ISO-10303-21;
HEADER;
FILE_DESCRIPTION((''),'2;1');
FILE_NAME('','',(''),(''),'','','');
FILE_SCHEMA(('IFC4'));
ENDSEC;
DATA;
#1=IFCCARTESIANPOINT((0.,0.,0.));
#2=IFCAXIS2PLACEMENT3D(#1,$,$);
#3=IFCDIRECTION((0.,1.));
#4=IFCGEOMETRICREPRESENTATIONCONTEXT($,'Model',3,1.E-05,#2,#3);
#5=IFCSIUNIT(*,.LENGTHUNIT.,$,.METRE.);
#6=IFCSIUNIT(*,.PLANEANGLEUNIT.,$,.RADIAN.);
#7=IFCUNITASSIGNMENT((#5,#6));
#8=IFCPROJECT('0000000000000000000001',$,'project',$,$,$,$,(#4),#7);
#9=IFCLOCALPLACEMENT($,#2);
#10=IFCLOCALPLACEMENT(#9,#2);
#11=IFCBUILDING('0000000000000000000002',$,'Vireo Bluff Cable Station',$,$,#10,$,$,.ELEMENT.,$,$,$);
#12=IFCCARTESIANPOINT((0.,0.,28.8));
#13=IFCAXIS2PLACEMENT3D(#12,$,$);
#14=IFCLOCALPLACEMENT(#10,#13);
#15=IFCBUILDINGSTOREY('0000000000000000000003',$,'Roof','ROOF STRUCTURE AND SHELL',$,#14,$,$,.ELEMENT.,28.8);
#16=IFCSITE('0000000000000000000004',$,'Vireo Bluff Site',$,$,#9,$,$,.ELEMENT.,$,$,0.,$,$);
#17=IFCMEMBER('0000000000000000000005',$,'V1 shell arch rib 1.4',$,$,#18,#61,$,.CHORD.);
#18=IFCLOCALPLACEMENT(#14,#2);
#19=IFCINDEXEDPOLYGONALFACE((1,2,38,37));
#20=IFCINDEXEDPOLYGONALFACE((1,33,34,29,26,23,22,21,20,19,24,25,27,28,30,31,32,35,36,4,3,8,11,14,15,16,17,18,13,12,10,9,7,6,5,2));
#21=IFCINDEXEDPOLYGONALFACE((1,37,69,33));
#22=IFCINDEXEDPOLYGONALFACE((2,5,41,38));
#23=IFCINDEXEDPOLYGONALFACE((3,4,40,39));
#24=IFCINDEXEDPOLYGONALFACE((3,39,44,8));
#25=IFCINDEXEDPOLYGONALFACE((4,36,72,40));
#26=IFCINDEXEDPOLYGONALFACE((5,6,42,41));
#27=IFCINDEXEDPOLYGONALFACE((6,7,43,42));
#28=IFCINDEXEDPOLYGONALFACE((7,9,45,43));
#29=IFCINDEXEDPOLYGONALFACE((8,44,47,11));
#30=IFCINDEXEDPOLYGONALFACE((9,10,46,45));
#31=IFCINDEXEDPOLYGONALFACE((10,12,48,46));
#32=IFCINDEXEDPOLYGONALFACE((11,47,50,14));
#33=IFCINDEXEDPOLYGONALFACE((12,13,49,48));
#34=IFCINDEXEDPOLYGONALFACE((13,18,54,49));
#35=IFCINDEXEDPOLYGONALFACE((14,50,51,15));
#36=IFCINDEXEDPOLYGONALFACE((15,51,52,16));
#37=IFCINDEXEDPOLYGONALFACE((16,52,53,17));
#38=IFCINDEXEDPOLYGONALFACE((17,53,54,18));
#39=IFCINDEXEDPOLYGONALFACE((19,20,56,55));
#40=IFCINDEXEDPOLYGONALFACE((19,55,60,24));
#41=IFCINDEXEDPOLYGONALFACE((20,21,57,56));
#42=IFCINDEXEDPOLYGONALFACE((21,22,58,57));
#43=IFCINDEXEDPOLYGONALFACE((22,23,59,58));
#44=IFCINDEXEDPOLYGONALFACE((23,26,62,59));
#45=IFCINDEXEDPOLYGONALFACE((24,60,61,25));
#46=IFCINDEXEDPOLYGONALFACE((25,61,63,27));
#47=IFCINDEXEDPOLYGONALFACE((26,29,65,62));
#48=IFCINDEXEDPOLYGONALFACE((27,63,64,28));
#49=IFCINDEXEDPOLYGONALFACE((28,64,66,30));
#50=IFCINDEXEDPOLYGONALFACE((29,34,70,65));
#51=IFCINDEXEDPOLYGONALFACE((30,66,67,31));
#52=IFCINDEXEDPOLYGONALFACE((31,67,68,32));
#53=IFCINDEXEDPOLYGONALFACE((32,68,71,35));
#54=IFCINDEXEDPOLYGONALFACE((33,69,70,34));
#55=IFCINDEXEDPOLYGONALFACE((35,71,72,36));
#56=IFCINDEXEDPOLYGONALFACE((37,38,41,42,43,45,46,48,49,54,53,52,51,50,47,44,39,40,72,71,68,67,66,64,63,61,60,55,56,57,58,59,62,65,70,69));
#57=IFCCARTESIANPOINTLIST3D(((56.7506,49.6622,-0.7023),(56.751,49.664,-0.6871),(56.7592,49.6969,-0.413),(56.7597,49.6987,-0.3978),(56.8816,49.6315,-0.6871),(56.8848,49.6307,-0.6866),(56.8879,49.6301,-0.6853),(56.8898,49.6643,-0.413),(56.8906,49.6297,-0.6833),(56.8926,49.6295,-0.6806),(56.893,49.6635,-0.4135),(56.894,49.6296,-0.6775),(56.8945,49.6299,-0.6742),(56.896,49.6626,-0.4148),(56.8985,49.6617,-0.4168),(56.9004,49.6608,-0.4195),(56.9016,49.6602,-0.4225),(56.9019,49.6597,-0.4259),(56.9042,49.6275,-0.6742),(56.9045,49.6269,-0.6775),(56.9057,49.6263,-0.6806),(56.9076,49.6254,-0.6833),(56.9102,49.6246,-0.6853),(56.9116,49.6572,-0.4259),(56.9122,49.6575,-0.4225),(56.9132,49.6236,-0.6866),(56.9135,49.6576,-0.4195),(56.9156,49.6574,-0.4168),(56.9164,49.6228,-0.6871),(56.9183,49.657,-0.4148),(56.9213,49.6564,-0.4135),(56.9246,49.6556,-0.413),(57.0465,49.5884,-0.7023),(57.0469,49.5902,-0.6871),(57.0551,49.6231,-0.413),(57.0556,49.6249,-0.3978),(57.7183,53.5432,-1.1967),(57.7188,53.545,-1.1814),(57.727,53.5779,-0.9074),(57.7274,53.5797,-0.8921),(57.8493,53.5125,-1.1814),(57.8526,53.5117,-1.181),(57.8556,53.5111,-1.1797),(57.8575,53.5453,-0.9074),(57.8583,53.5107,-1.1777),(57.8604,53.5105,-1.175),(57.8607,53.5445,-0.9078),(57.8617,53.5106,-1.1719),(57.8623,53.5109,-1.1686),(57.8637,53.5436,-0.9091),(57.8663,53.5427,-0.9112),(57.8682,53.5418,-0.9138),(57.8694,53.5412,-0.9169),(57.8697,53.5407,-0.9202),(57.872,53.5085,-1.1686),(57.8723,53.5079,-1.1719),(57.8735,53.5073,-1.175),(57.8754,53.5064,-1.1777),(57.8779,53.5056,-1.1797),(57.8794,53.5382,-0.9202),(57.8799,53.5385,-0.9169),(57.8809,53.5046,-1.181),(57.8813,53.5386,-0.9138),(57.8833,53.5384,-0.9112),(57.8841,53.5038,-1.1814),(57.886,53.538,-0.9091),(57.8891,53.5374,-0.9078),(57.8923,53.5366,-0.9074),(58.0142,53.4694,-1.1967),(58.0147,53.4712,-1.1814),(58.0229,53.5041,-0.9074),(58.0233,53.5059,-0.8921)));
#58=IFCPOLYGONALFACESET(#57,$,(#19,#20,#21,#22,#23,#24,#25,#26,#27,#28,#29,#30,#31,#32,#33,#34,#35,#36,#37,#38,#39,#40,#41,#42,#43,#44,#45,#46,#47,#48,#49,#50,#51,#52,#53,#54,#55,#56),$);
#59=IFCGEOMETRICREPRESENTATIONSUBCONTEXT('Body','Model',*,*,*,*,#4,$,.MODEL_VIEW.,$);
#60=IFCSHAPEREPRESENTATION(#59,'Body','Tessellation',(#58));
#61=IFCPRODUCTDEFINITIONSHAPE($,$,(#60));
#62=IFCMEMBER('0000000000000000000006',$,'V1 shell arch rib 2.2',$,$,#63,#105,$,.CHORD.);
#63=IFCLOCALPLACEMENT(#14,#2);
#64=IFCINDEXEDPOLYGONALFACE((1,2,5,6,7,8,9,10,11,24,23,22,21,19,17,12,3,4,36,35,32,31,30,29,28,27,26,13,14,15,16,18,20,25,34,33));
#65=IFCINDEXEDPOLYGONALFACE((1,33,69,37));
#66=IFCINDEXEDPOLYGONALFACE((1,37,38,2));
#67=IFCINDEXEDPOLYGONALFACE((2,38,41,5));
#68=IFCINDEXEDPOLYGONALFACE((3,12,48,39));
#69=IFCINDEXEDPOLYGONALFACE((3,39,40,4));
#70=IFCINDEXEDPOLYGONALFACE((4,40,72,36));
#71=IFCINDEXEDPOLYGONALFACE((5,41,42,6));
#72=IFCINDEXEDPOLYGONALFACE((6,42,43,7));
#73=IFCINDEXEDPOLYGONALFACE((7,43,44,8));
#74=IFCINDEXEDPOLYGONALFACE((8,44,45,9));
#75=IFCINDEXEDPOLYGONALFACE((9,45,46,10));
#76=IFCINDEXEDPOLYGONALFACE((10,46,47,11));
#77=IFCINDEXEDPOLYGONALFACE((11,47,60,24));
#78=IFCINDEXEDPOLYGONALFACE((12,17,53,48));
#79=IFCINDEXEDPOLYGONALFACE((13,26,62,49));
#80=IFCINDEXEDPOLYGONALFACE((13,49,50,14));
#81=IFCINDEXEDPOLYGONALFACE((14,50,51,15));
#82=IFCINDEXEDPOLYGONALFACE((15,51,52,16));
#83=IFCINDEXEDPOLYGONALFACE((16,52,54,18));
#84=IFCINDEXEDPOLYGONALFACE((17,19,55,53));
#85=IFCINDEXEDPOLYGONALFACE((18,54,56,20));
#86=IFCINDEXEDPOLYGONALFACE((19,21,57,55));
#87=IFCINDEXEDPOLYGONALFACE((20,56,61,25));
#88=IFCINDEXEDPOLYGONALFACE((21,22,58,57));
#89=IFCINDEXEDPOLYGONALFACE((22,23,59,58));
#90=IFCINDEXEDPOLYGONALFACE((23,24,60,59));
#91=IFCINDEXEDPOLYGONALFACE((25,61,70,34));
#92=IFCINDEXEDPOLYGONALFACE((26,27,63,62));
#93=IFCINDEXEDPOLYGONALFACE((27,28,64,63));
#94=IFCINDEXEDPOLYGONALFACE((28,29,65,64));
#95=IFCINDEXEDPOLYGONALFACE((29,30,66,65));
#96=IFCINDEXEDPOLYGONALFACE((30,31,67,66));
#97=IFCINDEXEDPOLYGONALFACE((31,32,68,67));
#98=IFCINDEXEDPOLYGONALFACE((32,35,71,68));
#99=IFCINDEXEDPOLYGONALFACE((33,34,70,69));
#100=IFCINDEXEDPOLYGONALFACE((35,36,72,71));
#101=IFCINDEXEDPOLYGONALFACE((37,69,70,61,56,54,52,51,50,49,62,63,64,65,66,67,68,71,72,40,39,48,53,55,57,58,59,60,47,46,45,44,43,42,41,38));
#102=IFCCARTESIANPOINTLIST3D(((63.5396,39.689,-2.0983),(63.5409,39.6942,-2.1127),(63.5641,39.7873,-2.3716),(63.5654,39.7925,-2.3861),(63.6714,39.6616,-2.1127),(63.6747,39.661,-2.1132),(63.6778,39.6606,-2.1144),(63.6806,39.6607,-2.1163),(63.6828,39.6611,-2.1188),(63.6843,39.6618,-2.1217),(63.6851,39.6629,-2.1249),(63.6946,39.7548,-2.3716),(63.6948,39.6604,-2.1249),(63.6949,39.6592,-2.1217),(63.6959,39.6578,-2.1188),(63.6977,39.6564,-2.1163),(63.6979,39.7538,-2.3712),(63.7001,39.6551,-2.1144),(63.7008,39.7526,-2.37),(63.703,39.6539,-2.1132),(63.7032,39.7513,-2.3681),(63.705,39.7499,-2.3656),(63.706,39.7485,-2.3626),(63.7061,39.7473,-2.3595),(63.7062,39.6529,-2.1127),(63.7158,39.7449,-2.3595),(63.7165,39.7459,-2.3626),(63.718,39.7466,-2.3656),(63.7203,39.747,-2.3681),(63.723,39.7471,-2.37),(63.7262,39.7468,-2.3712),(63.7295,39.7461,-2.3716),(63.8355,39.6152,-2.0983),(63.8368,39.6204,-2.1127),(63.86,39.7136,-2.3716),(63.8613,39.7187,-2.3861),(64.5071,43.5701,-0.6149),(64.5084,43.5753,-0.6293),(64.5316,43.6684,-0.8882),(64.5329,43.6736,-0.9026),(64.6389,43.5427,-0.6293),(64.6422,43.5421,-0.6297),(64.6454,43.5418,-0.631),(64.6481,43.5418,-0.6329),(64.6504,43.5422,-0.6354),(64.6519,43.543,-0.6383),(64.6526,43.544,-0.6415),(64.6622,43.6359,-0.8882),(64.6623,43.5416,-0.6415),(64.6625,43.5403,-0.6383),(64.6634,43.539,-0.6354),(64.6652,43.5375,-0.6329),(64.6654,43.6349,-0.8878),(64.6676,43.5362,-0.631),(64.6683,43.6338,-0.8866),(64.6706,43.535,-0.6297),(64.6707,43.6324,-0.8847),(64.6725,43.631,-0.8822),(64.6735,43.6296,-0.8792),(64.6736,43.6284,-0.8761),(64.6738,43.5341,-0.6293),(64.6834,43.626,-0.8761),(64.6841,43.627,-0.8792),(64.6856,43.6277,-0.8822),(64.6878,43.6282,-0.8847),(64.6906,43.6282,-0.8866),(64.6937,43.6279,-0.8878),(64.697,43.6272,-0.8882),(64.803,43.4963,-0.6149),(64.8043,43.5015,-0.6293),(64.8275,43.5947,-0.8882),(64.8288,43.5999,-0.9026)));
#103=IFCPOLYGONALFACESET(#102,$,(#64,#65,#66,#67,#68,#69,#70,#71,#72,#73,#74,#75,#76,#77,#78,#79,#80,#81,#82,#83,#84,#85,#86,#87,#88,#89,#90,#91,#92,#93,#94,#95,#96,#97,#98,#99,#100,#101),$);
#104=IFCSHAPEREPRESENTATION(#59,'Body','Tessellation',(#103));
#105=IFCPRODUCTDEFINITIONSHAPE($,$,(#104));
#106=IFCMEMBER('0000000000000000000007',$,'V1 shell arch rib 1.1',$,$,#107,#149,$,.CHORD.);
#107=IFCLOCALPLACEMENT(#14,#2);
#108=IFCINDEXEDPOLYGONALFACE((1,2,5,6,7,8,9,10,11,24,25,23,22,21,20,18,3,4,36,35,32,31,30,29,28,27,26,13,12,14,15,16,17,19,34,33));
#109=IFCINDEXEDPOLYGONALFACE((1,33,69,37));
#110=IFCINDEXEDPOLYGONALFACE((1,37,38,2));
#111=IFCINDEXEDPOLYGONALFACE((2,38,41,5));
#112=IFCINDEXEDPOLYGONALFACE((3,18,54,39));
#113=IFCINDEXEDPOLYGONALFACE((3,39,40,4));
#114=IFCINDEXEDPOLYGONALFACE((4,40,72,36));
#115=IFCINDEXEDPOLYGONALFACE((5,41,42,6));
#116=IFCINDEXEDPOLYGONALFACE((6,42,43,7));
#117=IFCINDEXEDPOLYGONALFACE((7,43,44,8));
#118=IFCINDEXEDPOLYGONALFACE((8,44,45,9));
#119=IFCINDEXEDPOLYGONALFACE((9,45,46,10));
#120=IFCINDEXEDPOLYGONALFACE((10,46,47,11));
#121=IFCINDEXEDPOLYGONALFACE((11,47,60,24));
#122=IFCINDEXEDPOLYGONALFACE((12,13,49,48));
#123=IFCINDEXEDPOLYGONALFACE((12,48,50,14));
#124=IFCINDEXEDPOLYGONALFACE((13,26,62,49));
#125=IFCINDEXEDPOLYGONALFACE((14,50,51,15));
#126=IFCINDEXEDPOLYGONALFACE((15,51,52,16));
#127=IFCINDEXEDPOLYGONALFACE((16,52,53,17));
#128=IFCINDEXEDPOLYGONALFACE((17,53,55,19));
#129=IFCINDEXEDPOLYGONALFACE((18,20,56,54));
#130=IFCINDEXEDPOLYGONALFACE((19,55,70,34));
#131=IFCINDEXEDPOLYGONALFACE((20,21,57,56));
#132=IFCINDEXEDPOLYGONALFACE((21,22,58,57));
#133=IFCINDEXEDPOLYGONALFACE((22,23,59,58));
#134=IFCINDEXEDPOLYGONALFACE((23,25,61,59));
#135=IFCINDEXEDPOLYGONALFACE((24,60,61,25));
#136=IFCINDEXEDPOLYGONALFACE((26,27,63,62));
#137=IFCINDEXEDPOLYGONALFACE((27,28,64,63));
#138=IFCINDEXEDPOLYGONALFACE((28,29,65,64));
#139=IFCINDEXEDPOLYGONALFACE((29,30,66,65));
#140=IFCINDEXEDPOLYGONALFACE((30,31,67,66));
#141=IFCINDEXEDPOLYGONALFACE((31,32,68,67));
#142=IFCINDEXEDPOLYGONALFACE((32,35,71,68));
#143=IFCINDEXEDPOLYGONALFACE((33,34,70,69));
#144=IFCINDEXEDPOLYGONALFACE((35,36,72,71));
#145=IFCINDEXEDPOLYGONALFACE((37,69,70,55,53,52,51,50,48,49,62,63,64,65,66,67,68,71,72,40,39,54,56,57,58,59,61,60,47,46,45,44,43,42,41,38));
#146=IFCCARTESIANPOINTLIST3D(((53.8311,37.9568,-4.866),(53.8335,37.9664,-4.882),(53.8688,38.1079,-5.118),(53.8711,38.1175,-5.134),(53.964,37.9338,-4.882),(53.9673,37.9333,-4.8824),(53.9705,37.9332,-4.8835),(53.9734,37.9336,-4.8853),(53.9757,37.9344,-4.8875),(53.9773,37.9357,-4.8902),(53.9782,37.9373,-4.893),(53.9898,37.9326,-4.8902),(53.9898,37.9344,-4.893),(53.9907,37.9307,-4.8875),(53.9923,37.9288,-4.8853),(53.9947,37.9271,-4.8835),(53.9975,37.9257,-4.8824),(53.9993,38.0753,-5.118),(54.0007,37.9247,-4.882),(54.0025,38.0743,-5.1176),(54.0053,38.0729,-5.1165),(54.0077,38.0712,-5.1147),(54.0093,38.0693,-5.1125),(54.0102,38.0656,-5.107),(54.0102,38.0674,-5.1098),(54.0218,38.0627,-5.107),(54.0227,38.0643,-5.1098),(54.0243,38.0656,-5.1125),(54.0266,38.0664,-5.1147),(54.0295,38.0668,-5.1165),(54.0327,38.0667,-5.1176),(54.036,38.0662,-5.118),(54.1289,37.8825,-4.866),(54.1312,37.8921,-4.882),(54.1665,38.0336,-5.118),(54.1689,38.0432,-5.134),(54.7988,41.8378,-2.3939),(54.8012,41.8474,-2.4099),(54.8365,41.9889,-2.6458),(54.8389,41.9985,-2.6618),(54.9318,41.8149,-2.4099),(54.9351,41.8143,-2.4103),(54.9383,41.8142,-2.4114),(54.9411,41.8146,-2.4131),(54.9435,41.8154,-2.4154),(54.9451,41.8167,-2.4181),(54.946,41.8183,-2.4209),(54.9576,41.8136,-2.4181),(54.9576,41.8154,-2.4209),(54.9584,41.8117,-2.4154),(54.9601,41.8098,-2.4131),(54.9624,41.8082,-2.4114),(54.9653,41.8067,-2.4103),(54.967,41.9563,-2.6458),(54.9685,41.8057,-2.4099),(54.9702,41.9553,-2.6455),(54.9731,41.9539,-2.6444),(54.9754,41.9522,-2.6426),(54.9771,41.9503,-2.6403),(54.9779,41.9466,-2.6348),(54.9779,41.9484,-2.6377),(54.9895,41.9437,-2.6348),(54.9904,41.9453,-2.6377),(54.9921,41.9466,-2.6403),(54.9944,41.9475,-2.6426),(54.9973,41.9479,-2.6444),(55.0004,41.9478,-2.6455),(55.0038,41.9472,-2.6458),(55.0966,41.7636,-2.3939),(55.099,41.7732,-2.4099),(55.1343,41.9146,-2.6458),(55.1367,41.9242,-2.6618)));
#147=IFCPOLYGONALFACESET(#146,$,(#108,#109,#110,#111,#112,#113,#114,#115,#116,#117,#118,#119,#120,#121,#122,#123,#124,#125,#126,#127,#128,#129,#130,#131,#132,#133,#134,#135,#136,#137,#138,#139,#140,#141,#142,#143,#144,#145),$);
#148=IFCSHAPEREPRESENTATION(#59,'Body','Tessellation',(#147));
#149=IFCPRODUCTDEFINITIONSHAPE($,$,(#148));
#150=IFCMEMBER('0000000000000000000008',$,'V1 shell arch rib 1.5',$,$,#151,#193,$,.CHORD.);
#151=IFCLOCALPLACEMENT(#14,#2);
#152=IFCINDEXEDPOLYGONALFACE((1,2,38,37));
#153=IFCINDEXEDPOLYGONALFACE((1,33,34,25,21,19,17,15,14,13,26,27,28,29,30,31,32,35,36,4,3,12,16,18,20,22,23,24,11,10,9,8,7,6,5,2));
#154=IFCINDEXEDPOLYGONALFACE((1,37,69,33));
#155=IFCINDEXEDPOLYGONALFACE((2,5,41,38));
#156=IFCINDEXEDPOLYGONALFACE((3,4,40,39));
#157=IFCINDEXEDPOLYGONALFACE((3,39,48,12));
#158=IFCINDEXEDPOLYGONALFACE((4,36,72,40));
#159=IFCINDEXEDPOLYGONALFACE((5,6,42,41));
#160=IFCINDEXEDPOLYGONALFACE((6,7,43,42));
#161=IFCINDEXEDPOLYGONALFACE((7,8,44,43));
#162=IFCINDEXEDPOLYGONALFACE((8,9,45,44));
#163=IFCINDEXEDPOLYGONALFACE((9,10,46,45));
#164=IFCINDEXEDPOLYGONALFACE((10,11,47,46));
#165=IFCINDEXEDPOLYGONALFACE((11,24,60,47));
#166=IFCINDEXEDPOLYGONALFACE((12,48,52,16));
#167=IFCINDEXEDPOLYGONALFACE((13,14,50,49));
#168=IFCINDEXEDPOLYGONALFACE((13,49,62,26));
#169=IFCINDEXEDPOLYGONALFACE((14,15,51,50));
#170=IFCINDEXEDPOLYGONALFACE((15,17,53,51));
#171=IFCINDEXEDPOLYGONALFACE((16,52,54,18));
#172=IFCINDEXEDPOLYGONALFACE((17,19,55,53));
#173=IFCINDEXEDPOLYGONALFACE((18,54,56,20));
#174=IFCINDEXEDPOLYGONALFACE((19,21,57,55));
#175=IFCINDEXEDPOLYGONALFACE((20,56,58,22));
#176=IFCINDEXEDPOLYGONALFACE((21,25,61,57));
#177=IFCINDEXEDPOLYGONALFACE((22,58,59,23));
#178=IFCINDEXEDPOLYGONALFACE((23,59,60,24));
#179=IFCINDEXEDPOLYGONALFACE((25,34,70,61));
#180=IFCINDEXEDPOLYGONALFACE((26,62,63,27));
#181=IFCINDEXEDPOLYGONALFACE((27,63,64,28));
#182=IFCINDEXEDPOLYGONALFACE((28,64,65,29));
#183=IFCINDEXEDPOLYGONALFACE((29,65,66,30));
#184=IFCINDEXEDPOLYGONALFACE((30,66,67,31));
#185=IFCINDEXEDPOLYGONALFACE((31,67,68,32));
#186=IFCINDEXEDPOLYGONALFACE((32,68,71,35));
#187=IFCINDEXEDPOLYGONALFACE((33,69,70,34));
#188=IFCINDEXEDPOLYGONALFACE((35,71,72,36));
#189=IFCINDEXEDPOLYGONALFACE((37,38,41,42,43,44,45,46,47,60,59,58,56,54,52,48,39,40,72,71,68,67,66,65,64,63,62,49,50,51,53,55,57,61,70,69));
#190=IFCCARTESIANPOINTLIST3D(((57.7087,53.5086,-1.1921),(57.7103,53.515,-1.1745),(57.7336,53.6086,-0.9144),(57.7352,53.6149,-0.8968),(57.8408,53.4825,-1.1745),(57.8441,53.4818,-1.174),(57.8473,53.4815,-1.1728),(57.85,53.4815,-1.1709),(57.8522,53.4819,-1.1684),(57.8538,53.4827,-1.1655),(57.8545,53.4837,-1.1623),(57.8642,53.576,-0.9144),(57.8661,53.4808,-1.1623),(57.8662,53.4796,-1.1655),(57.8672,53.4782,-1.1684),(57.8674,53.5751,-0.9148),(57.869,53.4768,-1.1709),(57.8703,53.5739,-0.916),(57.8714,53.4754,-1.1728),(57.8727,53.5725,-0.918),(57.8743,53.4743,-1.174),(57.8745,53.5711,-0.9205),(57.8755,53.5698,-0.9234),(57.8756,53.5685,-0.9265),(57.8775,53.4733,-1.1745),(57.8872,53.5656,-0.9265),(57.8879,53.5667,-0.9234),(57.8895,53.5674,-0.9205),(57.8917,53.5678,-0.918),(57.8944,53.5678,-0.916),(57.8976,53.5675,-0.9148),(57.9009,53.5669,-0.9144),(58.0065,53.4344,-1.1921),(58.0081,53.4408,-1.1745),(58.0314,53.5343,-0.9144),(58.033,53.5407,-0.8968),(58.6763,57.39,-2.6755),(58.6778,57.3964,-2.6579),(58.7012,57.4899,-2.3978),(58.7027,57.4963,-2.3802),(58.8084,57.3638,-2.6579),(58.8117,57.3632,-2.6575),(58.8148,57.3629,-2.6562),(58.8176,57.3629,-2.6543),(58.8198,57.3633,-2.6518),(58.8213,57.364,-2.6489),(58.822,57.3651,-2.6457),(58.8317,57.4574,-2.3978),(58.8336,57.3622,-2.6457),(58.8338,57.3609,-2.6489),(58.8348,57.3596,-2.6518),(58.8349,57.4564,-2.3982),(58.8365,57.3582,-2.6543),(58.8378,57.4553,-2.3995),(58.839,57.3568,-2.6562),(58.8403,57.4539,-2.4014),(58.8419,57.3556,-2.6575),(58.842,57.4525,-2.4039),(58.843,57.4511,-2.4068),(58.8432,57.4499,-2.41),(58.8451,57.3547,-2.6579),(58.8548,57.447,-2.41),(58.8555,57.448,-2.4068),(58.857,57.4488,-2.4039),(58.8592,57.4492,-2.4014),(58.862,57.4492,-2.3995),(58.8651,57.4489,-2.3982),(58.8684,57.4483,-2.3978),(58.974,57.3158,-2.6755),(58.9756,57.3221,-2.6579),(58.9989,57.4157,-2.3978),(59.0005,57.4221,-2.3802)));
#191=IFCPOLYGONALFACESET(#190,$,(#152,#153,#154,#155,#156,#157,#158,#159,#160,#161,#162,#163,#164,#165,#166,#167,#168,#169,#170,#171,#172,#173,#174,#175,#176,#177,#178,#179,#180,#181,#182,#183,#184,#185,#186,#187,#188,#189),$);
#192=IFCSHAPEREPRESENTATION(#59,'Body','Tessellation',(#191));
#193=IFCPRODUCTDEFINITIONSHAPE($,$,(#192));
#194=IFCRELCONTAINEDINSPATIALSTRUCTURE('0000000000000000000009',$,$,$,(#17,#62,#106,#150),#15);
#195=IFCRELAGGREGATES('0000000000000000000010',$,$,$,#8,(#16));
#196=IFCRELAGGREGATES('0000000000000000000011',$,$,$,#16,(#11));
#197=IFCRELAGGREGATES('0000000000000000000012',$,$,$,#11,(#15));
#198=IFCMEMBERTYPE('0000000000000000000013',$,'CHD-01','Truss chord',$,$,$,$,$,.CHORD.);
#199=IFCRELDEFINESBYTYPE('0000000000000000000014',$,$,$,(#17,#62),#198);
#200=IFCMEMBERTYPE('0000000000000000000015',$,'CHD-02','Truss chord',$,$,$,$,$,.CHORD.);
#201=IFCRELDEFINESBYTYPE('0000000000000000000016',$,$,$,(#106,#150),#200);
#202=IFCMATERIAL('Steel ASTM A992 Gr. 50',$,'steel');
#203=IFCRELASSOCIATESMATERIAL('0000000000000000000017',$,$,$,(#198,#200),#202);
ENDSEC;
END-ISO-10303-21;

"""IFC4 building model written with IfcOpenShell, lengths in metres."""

from ifc_helpers import new_model, si_unit, direction, frame, origin, origin_2d, place, context, subcontext, project, spatial, i_section, extrude, material, material_profile, profile_set, type_object, element, save


model = new_model("IFC4")

# Units and contexts
model_context = context("Model", 3, precision=1e-05, world=origin(), true_north=direction((0.0, 1.0)))
body_context = subcontext(model_context, "Body", "Model", "MODEL_VIEW")
ifc_project = project(units=[si_unit("LENGTHUNIT", "METRE"), si_unit("PLANEANGLEUNIT", "RADIAN")], contexts=[model_context])

# Site, building, storey
site_placement = place(None, origin())
site = spatial("IfcSite", under=ifc_project, at=site_placement, Name="Vireo Bluff Site", CompositionType="ELEMENT", RefElevation=0.0)
building_placement = place(site_placement, origin())
building = spatial("IfcBuilding", under=site, at=building_placement, Name="Vireo Bluff Cable Station", CompositionType="ELEMENT")
storey_placement = place(building_placement, frame((0.0, 0.0, 28.8)))
storey = spatial("IfcBuildingStorey", under=building, at=storey_placement, Name="Roof", Description="ROOF STRUCTURE AND SHELL", CompositionType="ELEMENT", Elevation=28.8)

# Members
ifc_material_1 = material(Name="Steel ASTM A992 Gr. 50", Category="steel")
ifc_material_profile_1 = material_profile(ifc_material_1, i_section(OverallWidth=0.3049, OverallDepth=0.3069, WebThickness=0.01, FlangeThickness=0.0154, FilletRadius=0.0129, at=origin_2d()), Name="W12X65")
ifc_profile_set_1 = profile_set([ifc_material_profile_1], Name="Steel ASTM A992 Gr. 50")
member_type_1 = type_object("IfcMemberType", Name="CHD-01", Description="Truss chord", PredefinedType="CHORD", material=ifc_profile_set_1)
member_1_placement = place(storey_placement, frame((56.9031, 49.6436, -0.55), z_axis=(0.24012, 0.962962, -0.122665), x_axis=(-0.97029, 0.241947, 0.0)))
element("IfcMember", 1, at=member_1_placement, inside=storey, type_object=member_type_1, Name="V1 shell arch rib 1.4", PredefinedType="CHORD", context=body_context, shape_type="SweptSolid", body=[
    extrude(i_section(OverallWidth=0.3049, OverallDepth=0.3069, WebThickness=0.01, FlangeThickness=0.0154, FilletRadius=0.0129, at=origin_2d()), origin(), (0.0, 0.0, 1.0), 4.0303),
])
member_2_placement = place(storey_placement, frame((63.7004, 39.7039, -2.2422), z_axis=(0.226795, 0.909756, 0.347718), x_axis=(-0.970304, 0.241889, 0.0)))
element("IfcMember", 2, at=member_2_placement, inside=storey, type_object=member_type_1, Name="V1 shell arch rib 2.2", PredefinedType="CHORD", context=body_context, shape_type="SweptSolid", body=[
    extrude(i_section(OverallWidth=0.3049, OverallDepth=0.3069, WebThickness=0.01, FlangeThickness=0.0154, FilletRadius=0.0129, at=origin_2d()), origin(), (0.0, 0.0, 1.0), 4.2661),
])
ifc_material_profile_2 = material_profile(ifc_material_1, i_section(OverallWidth=0.3069, OverallDepth=0.3149, WebThickness=0.012, FlangeThickness=0.0188, FilletRadius=0.0129, at=origin_2d()), Name="W12X79")
ifc_profile_set_2 = profile_set([ifc_material_profile_2], Name="Steel ASTM A992 Gr. 50")
member_type_2 = type_object("IfcMemberType", Name="CHD-02", Description="Truss chord", PredefinedType="CHORD", material=ifc_profile_set_2)
member_3_placement = place(storey_placement, frame((54.0, 38.0, -5.0), z_axis=(0.205811, 0.825371, 0.525741), x_axis=(-0.97029, 0.241947, 0.0)))
element("IfcMember", 3, at=member_3_placement, inside=storey, type_object=member_type_2, Name="V1 shell arch rib 1.1", PredefinedType="CHORD", context=body_context, shape_type="SweptSolid", body=[
    extrude(i_section(OverallWidth=0.3069, OverallDepth=0.3149, WebThickness=0.012, FlangeThickness=0.0188, FilletRadius=0.0129, at=origin_2d()), origin(), (0.0, 0.0, 1.0), 4.7021),
])
member_4_placement = place(storey_placement, frame((57.8708, 53.5247, -1.0444), z_axis=(0.226783, 0.909766, -0.3477), x_axis=(-0.970307, 0.241875, 0.0)))
element("IfcMember", 4, at=member_4_placement, inside=storey, type_object=member_type_2, Name="V1 shell arch rib 1.5", PredefinedType="CHORD", context=body_context, shape_type="SweptSolid", body=[
    extrude(i_section(OverallWidth=0.3069, OverallDepth=0.3149, WebThickness=0.012, FlangeThickness=0.0188, FilletRadius=0.0129, at=origin_2d()), origin(), (0.0, 0.0, 1.0), 4.2664),
])

save(model, "model.ifc")
